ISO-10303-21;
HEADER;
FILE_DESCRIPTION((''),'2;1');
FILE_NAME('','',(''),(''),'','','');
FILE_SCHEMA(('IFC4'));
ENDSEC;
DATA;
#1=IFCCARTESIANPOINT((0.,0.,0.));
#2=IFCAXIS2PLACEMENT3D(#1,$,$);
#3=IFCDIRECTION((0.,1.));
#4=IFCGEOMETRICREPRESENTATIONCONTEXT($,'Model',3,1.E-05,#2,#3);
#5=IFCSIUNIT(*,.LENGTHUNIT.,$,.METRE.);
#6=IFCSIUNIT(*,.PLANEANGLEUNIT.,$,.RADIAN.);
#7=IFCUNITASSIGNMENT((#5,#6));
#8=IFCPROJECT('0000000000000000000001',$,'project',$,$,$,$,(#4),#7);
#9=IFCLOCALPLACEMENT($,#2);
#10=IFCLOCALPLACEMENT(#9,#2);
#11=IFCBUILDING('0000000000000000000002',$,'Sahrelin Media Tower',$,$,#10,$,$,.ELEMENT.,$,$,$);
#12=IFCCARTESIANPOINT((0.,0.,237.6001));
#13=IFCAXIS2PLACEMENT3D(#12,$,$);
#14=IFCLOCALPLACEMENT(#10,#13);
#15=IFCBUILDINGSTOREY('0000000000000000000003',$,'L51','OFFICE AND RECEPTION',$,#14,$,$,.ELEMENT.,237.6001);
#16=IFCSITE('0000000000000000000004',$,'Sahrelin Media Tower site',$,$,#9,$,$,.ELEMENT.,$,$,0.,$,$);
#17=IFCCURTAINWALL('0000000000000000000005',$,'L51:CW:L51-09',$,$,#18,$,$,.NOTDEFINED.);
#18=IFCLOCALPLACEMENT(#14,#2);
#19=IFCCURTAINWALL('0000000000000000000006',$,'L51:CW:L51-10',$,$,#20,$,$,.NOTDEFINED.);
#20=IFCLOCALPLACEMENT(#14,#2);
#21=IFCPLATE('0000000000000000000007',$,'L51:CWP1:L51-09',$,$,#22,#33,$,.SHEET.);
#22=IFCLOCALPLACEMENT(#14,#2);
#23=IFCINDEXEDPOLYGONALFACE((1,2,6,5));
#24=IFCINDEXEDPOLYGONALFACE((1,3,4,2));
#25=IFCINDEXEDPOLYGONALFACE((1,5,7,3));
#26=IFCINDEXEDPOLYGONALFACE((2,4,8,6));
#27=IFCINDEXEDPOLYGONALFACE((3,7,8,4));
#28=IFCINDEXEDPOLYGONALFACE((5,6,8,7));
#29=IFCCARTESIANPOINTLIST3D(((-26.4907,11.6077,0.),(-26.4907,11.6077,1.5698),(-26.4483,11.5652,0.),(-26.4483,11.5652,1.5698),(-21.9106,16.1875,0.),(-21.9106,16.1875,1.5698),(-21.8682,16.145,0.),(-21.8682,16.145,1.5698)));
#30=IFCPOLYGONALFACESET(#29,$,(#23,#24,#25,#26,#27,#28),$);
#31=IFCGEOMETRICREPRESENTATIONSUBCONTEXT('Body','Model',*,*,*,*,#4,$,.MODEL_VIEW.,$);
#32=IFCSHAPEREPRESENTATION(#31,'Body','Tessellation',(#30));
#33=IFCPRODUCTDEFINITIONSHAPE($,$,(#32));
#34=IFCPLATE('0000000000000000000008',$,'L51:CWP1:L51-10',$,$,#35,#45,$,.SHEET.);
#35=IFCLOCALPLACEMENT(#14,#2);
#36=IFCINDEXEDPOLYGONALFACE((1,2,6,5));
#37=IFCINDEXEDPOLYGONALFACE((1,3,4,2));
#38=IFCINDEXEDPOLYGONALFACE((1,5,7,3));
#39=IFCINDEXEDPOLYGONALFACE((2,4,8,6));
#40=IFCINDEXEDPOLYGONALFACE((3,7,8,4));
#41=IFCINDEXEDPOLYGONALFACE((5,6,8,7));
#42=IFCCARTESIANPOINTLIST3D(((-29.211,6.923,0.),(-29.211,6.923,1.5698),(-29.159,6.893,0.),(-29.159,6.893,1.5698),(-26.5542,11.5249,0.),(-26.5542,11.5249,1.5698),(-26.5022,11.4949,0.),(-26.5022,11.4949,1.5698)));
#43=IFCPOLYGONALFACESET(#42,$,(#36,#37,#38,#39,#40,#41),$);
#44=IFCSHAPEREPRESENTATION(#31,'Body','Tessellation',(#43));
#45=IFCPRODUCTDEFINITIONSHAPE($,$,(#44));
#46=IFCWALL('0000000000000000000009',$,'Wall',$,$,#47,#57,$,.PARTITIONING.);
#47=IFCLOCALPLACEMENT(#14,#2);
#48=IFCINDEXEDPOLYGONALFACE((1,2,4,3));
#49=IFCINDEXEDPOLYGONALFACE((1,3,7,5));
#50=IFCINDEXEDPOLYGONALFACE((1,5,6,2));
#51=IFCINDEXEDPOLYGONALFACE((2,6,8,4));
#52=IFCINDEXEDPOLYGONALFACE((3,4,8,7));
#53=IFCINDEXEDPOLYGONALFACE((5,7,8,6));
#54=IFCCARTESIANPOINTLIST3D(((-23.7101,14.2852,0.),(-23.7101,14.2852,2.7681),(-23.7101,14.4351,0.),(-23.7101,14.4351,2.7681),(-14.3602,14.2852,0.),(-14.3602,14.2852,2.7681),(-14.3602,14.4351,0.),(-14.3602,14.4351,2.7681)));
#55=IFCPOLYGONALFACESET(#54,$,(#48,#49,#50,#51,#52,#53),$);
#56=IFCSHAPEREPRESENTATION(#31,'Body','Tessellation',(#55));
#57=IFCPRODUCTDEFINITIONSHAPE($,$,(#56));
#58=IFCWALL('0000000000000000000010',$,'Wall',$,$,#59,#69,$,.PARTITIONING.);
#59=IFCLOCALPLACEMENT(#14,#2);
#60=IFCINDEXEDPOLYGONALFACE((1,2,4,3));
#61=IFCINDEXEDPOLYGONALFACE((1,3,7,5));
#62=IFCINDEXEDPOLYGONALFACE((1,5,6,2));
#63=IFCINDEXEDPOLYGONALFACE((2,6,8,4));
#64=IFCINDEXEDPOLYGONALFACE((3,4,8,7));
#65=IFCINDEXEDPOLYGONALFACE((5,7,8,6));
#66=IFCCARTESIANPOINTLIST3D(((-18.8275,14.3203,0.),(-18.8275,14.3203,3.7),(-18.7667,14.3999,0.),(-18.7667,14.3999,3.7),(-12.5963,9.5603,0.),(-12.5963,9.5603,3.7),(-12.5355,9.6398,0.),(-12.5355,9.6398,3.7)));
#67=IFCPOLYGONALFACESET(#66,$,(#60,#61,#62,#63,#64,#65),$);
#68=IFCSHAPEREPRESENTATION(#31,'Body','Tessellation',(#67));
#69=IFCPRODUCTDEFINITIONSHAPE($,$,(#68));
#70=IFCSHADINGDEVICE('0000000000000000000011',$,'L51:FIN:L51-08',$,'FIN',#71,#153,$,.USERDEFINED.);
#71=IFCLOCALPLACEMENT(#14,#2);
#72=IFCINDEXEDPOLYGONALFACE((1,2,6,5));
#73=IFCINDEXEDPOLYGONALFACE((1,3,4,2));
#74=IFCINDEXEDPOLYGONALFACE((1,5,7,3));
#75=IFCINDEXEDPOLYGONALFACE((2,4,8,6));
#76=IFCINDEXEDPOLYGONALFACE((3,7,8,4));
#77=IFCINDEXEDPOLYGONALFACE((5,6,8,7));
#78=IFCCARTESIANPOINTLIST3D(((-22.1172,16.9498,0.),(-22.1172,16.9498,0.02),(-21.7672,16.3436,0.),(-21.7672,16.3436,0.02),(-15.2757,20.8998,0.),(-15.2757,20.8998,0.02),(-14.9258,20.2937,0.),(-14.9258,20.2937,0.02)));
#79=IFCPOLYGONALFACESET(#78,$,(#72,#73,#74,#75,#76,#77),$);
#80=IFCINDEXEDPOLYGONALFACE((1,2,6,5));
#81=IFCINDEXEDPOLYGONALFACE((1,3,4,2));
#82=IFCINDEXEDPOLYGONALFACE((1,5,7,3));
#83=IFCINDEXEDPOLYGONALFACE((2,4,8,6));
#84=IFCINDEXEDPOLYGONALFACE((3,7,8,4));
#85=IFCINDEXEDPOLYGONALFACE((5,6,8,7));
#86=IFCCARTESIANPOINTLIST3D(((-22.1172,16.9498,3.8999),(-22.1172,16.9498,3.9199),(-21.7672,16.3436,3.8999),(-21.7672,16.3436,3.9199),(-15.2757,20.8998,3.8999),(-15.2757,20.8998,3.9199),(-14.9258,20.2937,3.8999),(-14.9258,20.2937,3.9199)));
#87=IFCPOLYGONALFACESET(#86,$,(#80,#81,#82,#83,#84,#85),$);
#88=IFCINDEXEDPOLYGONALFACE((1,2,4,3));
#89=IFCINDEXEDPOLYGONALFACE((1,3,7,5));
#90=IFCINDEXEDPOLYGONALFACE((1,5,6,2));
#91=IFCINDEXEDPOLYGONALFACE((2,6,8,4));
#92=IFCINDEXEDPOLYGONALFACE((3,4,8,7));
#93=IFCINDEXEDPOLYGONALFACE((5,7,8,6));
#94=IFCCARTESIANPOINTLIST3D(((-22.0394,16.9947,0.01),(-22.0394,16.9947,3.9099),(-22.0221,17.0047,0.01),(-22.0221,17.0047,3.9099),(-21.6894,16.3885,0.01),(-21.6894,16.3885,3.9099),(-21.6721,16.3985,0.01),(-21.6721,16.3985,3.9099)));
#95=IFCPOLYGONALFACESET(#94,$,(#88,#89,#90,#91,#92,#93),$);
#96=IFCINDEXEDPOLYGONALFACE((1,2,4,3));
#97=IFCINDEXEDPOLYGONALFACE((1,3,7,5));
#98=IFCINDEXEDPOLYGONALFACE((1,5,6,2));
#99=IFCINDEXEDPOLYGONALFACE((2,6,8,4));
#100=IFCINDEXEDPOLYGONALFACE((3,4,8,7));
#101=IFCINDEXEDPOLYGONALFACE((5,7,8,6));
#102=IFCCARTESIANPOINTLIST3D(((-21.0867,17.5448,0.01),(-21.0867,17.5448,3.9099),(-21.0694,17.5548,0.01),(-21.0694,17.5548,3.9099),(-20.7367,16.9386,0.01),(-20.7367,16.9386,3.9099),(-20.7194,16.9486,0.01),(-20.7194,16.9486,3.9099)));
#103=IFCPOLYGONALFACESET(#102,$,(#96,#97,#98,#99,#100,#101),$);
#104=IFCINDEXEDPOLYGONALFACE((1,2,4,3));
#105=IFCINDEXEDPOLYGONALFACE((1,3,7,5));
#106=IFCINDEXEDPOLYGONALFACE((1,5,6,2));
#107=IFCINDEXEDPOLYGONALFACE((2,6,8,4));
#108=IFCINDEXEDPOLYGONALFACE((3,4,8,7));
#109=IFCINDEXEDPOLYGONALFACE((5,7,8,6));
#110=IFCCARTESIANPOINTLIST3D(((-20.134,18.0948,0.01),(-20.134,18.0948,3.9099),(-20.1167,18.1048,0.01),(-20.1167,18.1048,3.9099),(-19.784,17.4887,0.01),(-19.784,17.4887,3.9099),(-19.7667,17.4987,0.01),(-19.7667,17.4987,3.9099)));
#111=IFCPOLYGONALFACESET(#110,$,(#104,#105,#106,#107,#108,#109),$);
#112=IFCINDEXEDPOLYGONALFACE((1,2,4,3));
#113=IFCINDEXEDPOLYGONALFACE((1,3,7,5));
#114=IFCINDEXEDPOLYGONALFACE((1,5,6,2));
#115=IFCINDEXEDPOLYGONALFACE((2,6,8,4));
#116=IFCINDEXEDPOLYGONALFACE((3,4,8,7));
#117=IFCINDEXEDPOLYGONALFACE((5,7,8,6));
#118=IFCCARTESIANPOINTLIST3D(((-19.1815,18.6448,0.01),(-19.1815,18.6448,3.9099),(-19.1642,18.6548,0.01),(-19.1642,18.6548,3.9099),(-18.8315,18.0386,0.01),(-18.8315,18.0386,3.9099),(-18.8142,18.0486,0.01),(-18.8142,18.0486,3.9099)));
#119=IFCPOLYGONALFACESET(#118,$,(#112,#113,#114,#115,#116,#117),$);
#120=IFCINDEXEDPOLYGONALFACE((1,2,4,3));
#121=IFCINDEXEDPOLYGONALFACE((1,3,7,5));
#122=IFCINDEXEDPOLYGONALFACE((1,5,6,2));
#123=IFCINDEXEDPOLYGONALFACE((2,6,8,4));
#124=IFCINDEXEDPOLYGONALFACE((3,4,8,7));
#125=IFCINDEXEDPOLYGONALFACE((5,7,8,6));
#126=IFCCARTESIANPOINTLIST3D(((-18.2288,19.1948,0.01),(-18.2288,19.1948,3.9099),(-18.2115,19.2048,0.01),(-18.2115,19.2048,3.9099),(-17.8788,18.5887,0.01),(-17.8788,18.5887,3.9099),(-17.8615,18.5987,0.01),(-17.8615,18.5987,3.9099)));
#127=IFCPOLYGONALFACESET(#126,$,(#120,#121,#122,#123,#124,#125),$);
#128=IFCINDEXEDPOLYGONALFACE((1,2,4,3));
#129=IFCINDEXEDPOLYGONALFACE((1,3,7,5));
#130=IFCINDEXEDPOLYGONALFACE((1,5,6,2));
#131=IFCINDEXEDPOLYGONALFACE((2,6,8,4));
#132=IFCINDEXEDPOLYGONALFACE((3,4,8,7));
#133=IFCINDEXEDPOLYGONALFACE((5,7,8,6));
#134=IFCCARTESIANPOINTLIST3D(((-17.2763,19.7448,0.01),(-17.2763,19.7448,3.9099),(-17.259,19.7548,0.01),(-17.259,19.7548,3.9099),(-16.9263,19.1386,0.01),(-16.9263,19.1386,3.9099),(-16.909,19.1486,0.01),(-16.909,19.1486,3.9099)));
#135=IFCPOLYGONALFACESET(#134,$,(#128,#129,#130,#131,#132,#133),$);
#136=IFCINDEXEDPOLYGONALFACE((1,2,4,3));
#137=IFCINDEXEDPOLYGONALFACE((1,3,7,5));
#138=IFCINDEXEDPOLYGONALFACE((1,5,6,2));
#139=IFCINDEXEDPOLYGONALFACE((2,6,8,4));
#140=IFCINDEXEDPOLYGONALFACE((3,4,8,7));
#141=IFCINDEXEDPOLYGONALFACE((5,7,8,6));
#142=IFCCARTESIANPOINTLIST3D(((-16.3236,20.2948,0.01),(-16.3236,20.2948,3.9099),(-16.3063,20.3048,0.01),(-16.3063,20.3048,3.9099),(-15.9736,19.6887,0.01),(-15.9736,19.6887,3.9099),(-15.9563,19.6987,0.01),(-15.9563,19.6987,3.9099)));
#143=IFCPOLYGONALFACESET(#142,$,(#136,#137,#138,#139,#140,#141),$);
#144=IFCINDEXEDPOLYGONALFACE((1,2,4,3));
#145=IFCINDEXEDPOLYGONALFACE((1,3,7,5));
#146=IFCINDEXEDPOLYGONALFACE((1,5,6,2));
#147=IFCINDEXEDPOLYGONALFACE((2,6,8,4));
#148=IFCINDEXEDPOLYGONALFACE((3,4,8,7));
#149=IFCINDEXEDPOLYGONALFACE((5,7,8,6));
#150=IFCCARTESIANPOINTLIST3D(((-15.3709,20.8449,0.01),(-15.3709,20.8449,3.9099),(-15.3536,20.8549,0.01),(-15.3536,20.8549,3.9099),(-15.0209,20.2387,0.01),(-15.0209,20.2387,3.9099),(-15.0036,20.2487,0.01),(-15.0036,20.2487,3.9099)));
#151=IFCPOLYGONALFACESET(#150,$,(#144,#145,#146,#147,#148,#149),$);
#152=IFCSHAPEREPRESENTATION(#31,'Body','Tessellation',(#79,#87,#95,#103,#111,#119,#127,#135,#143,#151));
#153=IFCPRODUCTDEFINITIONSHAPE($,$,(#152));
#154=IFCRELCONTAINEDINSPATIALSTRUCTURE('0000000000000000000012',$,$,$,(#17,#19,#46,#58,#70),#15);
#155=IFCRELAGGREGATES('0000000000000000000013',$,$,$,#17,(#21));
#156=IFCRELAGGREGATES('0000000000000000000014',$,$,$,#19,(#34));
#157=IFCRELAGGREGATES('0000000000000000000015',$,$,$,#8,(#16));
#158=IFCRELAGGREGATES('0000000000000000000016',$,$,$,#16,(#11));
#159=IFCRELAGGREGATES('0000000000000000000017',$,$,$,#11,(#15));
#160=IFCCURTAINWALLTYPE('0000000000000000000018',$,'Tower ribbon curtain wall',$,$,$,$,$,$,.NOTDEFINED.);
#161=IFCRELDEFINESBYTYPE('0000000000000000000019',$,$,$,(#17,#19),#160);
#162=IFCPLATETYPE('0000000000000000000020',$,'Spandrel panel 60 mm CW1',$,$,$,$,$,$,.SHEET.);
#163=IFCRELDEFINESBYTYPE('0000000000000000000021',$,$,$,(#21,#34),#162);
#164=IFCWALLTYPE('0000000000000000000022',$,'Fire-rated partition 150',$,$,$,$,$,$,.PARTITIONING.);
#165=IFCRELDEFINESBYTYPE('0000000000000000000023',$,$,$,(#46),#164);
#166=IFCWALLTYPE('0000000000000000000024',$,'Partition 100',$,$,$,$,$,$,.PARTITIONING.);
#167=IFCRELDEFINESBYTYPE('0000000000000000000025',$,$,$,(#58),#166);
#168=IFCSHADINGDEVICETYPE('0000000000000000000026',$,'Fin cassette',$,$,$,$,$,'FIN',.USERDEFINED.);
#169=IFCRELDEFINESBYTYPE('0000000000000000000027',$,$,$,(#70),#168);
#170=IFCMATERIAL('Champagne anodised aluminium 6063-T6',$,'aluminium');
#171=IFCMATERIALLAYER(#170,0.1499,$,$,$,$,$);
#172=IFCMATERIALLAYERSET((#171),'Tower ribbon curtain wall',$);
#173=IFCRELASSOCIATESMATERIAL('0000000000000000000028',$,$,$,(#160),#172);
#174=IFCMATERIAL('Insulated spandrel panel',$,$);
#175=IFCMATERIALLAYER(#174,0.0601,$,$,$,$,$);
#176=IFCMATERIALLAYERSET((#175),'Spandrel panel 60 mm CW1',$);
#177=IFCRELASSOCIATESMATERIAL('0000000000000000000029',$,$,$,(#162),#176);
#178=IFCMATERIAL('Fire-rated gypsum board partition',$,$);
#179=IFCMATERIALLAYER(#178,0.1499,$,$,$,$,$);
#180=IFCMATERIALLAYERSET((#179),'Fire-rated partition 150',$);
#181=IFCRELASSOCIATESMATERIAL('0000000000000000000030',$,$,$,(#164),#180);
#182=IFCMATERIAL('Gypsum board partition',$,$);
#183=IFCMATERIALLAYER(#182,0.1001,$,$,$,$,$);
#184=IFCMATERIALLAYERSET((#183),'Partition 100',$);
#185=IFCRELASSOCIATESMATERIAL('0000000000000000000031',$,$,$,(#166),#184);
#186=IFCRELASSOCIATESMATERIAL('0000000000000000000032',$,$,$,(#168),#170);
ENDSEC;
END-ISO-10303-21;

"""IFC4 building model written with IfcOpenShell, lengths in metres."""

from ifc_helpers import new_model, si_unit, direction, frame, frame_2d, origin, origin_2d, place, context, subcontext, project, spatial, polyline, rectangle, outline, extrude, material, layer, layer_set, type_object, element, aggregate, save


model = new_model("IFC4")

# Units and contexts
model_context = context("Model", 3, precision=1e-05, world=origin(), true_north=direction((0.0, 1.0)))
body_context = subcontext(model_context, "Body", "Model", "MODEL_VIEW")
ifc_project = project(units=[si_unit("LENGTHUNIT", "METRE"), si_unit("PLANEANGLEUNIT", "RADIAN")], contexts=[model_context])

# Site, building, storey
site_placement = place(None, origin())
site = spatial("IfcSite", under=ifc_project, at=site_placement, Name="Sahrelin Media Tower site", CompositionType="ELEMENT", RefElevation=0.0)
building_placement = place(site_placement, origin())
building = spatial("IfcBuilding", under=site, at=building_placement, Name="Sahrelin Media Tower", CompositionType="ELEMENT")
storey_placement = place(building_placement, frame((0.0, 0.0, 237.6001)))
storey = spatial("IfcBuildingStorey", under=building, at=storey_placement, Name="L51", Description="OFFICE AND RECEPTION", CompositionType="ELEMENT", Elevation=237.6001)

# Curtain wall
ifc_material_1 = material(Name="Champagne anodised aluminium 6063-T6", Category="aluminium")
ifc_layer_1 = layer(ifc_material_1, 0.1499)
ifc_layer_set_1 = layer_set([ifc_layer_1], Name="Tower ribbon curtain wall")
curtain_wall_type = type_object("IfcCurtainWallType", Name="Tower ribbon curtain wall", PredefinedType="NOTDEFINED", material=ifc_layer_set_1)
curtain_wall_1_placement = place(storey_placement, frame((-24.1865, 13.8835, 0.0), z_axis=(0.0, 0.0, 1.0), x_axis=(1.0, 0.0, 0.0)))
curtain_wall_1 = element("IfcCurtainWall", 1, at=curtain_wall_1_placement, inside=storey, type_object=curtain_wall_type, Name="L51:CW:L51-09", PredefinedType="NOTDEFINED")

# Curtain wall
curtain_wall_2_placement = place(storey_placement, frame((-27.8652, 9.2141, 0.0), z_axis=(0.0, 0.0, 1.0), x_axis=(1.0, 0.0, 0.0)))
curtain_wall_2 = element("IfcCurtainWall", 2, at=curtain_wall_2_placement, inside=storey, type_object=curtain_wall_type, Name="L51:CW:L51-10", PredefinedType="NOTDEFINED")

# Plates
ifc_material_2 = material(Name="Insulated spandrel panel")
ifc_layer_2 = layer(ifc_material_2, 0.0601)
ifc_layer_set_2 = layer_set([ifc_layer_2], Name="Spandrel panel 60 mm CW1")
plate_type_1 = type_object("IfcPlateType", Name="Spandrel panel 60 mm CW1", PredefinedType="SHEET", material=ifc_layer_set_2)
plate_1_placement = place(storey_placement, frame((-21.9106, 16.1875, 0.0), z_axis=(-0.707088, 0.707126, 0.0), x_axis=(-0.707126, -0.707088, 0.0)))
plate_1 = element("IfcPlate", 3, at=plate_1_placement, type_object=plate_type_1, Name="L51:CWP1:L51-09", PredefinedType="SHEET", context=body_context, shape_type="SweptSolid", body=[
    extrude(outline(polyline([(0.0, 0.0), (6.4771, 0.0), (6.4771, 1.5698), (0.0, 1.5698), (0.0, 0.0)])), origin(), (0.0, 0.0, -1.0), 0.0601),
])
aggregate(curtain_wall_1, [plate_1])
plate_2_placement = place(storey_placement, frame((-26.5542, 11.5249, 0.0), z_axis=(-0.866035, 0.499984, 0.0), x_axis=(-0.499984, -0.866035, 0.0)))
plate_2 = element("IfcPlate", 4, at=plate_2_placement, type_object=plate_type_1, Name="L51:CWP1:L51-10", PredefinedType="SHEET", context=body_context, shape_type="SweptSolid", body=[
    extrude(outline(polyline([(0.0, 0.0), (5.3137, 0.0), (5.3137, 1.5698), (0.0, 1.5698), (0.0, 0.0)])), origin(), (0.0, 0.0, -1.0), 0.0601),
])
aggregate(curtain_wall_2, [plate_2])

# Walls
ifc_material_3 = material(Name="Fire-rated gypsum board partition")
ifc_layer_3 = layer(ifc_material_3, 0.1499)
ifc_layer_set_3 = layer_set([ifc_layer_3], Name="Fire-rated partition 150")
wall_type_1 = type_object("IfcWallType", Name="Fire-rated partition 150", PredefinedType="PARTITIONING", material=ifc_layer_set_3)
wall_1_placement = place(storey_placement, frame((-23.71, 14.3601, 0.0), z_axis=(0.0, 0.0, 1.0), x_axis=(1.0, 0.0, 0.0)))
element("IfcWall", 5, at=wall_1_placement, inside=storey, type_object=wall_type_1, Name="Wall", PredefinedType="PARTITIONING", context=body_context, shape_type="SweptSolid", body=[
    extrude(rectangle(XDim=9.3499, YDim=0.1499, at=frame_2d((4.6748, 0.0))), origin(), (0.0, 0.0, 1.0), 2.7681),
])
ifc_material_4 = material(Name="Gypsum board partition")
ifc_layer_4 = layer(ifc_material_4, 0.1001)
ifc_layer_set_4 = layer_set([ifc_layer_4], Name="Partition 100")
wall_type_2 = type_object("IfcWallType", Name="Partition 100", PredefinedType="PARTITIONING", material=ifc_layer_set_4)
wall_2_placement = place(storey_placement, frame((-18.7971, 14.3601, 0.0), z_axis=(0.0, 0.0, 1.0), x_axis=(0.794667, -0.607046, 0.0)))
element("IfcWall", 6, at=wall_2_placement, inside=storey, type_object=wall_type_2, Name="Wall", PredefinedType="PARTITIONING", context=body_context, shape_type="SweptSolid", body=[
    extrude(rectangle(XDim=7.8413, YDim=0.1001, at=frame_2d((3.9207, 0.0))), origin(), (0.0, 0.0, 1.0), 3.7),
])

# Shading device
shading_device_type_1 = type_object("IfcShadingDeviceType", Name="Fin cassette", ElementType="FIN", PredefinedType="USERDEFINED", material=ifc_material_1)
placement_1 = place(storey_placement, frame((-18.3115, 18.2581, 0.0), z_axis=(0.0, 0.0, 1.0), x_axis=(0.866019, 0.500011, 0.0)))
element("IfcShadingDevice", 7, at=placement_1, inside=storey, type_object=shading_device_type_1, Name="L51:FIN:L51-08", ObjectType="FIN", PredefinedType="USERDEFINED", context=body_context, shape_type="SweptSolid", body=[
    extrude(rectangle(XDim=7.8999, YDim=0.7, at=origin_2d()), frame((0.0, 0.4199, 0.0)), (0.0, 0.0, 1.0), 0.02),
    extrude(rectangle(XDim=7.8999, YDim=0.7, at=origin_2d()), frame((0.0, 0.4199, 3.8999)), (0.0, 0.0, 1.0), 0.02),
    extrude(rectangle(XDim=0.02, YDim=0.7, at=origin_2d()), frame((-3.8501, 0.4199, 0.01), z_axis=(0.0, 0.0, 1.0), x_axis=(1.0, 0.0, 0.0)), (0.0, 0.0, 1.0), 3.8999),
    extrude(rectangle(XDim=0.02, YDim=0.7, at=origin_2d()), frame((-2.75, 0.4199, 0.01), z_axis=(0.0, 0.0, 1.0), x_axis=(1.0, 0.0, 0.0)), (0.0, 0.0, 1.0), 3.8999),
    extrude(rectangle(XDim=0.02, YDim=0.7, at=origin_2d()), frame((-1.6499, 0.4199, 0.01), z_axis=(0.0, 0.0, 1.0), x_axis=(1.0, 0.0, 0.0)), (0.0, 0.0, 1.0), 3.8999),
    extrude(rectangle(XDim=0.02, YDim=0.7, at=origin_2d()), frame((-0.55, 0.4199, 0.01), z_axis=(0.0, 0.0, 1.0), x_axis=(1.0, 0.0, 0.0)), (0.0, 0.0, 1.0), 3.8999),
    extrude(rectangle(XDim=0.02, YDim=0.7, at=origin_2d()), frame((0.55, 0.4199, 0.01), z_axis=(0.0, 0.0, 1.0), x_axis=(1.0, 0.0, 0.0)), (0.0, 0.0, 1.0), 3.8999),
    extrude(rectangle(XDim=0.02, YDim=0.7, at=origin_2d()), frame((1.6499, 0.4199, 0.01), z_axis=(0.0, 0.0, 1.0), x_axis=(1.0, 0.0, 0.0)), (0.0, 0.0, 1.0), 3.8999),
    extrude(rectangle(XDim=0.02, YDim=0.7, at=origin_2d()), frame((2.75, 0.4199, 0.01), z_axis=(0.0, 0.0, 1.0), x_axis=(1.0, 0.0, 0.0)), (0.0, 0.0, 1.0), 3.8999),
    extrude(rectangle(XDim=0.02, YDim=0.7, at=origin_2d()), frame((3.8501, 0.4199, 0.01), z_axis=(0.0, 0.0, 1.0), x_axis=(1.0, 0.0, 0.0)), (0.0, 0.0, 1.0), 3.8999),
])

save(model, "model.ifc")
